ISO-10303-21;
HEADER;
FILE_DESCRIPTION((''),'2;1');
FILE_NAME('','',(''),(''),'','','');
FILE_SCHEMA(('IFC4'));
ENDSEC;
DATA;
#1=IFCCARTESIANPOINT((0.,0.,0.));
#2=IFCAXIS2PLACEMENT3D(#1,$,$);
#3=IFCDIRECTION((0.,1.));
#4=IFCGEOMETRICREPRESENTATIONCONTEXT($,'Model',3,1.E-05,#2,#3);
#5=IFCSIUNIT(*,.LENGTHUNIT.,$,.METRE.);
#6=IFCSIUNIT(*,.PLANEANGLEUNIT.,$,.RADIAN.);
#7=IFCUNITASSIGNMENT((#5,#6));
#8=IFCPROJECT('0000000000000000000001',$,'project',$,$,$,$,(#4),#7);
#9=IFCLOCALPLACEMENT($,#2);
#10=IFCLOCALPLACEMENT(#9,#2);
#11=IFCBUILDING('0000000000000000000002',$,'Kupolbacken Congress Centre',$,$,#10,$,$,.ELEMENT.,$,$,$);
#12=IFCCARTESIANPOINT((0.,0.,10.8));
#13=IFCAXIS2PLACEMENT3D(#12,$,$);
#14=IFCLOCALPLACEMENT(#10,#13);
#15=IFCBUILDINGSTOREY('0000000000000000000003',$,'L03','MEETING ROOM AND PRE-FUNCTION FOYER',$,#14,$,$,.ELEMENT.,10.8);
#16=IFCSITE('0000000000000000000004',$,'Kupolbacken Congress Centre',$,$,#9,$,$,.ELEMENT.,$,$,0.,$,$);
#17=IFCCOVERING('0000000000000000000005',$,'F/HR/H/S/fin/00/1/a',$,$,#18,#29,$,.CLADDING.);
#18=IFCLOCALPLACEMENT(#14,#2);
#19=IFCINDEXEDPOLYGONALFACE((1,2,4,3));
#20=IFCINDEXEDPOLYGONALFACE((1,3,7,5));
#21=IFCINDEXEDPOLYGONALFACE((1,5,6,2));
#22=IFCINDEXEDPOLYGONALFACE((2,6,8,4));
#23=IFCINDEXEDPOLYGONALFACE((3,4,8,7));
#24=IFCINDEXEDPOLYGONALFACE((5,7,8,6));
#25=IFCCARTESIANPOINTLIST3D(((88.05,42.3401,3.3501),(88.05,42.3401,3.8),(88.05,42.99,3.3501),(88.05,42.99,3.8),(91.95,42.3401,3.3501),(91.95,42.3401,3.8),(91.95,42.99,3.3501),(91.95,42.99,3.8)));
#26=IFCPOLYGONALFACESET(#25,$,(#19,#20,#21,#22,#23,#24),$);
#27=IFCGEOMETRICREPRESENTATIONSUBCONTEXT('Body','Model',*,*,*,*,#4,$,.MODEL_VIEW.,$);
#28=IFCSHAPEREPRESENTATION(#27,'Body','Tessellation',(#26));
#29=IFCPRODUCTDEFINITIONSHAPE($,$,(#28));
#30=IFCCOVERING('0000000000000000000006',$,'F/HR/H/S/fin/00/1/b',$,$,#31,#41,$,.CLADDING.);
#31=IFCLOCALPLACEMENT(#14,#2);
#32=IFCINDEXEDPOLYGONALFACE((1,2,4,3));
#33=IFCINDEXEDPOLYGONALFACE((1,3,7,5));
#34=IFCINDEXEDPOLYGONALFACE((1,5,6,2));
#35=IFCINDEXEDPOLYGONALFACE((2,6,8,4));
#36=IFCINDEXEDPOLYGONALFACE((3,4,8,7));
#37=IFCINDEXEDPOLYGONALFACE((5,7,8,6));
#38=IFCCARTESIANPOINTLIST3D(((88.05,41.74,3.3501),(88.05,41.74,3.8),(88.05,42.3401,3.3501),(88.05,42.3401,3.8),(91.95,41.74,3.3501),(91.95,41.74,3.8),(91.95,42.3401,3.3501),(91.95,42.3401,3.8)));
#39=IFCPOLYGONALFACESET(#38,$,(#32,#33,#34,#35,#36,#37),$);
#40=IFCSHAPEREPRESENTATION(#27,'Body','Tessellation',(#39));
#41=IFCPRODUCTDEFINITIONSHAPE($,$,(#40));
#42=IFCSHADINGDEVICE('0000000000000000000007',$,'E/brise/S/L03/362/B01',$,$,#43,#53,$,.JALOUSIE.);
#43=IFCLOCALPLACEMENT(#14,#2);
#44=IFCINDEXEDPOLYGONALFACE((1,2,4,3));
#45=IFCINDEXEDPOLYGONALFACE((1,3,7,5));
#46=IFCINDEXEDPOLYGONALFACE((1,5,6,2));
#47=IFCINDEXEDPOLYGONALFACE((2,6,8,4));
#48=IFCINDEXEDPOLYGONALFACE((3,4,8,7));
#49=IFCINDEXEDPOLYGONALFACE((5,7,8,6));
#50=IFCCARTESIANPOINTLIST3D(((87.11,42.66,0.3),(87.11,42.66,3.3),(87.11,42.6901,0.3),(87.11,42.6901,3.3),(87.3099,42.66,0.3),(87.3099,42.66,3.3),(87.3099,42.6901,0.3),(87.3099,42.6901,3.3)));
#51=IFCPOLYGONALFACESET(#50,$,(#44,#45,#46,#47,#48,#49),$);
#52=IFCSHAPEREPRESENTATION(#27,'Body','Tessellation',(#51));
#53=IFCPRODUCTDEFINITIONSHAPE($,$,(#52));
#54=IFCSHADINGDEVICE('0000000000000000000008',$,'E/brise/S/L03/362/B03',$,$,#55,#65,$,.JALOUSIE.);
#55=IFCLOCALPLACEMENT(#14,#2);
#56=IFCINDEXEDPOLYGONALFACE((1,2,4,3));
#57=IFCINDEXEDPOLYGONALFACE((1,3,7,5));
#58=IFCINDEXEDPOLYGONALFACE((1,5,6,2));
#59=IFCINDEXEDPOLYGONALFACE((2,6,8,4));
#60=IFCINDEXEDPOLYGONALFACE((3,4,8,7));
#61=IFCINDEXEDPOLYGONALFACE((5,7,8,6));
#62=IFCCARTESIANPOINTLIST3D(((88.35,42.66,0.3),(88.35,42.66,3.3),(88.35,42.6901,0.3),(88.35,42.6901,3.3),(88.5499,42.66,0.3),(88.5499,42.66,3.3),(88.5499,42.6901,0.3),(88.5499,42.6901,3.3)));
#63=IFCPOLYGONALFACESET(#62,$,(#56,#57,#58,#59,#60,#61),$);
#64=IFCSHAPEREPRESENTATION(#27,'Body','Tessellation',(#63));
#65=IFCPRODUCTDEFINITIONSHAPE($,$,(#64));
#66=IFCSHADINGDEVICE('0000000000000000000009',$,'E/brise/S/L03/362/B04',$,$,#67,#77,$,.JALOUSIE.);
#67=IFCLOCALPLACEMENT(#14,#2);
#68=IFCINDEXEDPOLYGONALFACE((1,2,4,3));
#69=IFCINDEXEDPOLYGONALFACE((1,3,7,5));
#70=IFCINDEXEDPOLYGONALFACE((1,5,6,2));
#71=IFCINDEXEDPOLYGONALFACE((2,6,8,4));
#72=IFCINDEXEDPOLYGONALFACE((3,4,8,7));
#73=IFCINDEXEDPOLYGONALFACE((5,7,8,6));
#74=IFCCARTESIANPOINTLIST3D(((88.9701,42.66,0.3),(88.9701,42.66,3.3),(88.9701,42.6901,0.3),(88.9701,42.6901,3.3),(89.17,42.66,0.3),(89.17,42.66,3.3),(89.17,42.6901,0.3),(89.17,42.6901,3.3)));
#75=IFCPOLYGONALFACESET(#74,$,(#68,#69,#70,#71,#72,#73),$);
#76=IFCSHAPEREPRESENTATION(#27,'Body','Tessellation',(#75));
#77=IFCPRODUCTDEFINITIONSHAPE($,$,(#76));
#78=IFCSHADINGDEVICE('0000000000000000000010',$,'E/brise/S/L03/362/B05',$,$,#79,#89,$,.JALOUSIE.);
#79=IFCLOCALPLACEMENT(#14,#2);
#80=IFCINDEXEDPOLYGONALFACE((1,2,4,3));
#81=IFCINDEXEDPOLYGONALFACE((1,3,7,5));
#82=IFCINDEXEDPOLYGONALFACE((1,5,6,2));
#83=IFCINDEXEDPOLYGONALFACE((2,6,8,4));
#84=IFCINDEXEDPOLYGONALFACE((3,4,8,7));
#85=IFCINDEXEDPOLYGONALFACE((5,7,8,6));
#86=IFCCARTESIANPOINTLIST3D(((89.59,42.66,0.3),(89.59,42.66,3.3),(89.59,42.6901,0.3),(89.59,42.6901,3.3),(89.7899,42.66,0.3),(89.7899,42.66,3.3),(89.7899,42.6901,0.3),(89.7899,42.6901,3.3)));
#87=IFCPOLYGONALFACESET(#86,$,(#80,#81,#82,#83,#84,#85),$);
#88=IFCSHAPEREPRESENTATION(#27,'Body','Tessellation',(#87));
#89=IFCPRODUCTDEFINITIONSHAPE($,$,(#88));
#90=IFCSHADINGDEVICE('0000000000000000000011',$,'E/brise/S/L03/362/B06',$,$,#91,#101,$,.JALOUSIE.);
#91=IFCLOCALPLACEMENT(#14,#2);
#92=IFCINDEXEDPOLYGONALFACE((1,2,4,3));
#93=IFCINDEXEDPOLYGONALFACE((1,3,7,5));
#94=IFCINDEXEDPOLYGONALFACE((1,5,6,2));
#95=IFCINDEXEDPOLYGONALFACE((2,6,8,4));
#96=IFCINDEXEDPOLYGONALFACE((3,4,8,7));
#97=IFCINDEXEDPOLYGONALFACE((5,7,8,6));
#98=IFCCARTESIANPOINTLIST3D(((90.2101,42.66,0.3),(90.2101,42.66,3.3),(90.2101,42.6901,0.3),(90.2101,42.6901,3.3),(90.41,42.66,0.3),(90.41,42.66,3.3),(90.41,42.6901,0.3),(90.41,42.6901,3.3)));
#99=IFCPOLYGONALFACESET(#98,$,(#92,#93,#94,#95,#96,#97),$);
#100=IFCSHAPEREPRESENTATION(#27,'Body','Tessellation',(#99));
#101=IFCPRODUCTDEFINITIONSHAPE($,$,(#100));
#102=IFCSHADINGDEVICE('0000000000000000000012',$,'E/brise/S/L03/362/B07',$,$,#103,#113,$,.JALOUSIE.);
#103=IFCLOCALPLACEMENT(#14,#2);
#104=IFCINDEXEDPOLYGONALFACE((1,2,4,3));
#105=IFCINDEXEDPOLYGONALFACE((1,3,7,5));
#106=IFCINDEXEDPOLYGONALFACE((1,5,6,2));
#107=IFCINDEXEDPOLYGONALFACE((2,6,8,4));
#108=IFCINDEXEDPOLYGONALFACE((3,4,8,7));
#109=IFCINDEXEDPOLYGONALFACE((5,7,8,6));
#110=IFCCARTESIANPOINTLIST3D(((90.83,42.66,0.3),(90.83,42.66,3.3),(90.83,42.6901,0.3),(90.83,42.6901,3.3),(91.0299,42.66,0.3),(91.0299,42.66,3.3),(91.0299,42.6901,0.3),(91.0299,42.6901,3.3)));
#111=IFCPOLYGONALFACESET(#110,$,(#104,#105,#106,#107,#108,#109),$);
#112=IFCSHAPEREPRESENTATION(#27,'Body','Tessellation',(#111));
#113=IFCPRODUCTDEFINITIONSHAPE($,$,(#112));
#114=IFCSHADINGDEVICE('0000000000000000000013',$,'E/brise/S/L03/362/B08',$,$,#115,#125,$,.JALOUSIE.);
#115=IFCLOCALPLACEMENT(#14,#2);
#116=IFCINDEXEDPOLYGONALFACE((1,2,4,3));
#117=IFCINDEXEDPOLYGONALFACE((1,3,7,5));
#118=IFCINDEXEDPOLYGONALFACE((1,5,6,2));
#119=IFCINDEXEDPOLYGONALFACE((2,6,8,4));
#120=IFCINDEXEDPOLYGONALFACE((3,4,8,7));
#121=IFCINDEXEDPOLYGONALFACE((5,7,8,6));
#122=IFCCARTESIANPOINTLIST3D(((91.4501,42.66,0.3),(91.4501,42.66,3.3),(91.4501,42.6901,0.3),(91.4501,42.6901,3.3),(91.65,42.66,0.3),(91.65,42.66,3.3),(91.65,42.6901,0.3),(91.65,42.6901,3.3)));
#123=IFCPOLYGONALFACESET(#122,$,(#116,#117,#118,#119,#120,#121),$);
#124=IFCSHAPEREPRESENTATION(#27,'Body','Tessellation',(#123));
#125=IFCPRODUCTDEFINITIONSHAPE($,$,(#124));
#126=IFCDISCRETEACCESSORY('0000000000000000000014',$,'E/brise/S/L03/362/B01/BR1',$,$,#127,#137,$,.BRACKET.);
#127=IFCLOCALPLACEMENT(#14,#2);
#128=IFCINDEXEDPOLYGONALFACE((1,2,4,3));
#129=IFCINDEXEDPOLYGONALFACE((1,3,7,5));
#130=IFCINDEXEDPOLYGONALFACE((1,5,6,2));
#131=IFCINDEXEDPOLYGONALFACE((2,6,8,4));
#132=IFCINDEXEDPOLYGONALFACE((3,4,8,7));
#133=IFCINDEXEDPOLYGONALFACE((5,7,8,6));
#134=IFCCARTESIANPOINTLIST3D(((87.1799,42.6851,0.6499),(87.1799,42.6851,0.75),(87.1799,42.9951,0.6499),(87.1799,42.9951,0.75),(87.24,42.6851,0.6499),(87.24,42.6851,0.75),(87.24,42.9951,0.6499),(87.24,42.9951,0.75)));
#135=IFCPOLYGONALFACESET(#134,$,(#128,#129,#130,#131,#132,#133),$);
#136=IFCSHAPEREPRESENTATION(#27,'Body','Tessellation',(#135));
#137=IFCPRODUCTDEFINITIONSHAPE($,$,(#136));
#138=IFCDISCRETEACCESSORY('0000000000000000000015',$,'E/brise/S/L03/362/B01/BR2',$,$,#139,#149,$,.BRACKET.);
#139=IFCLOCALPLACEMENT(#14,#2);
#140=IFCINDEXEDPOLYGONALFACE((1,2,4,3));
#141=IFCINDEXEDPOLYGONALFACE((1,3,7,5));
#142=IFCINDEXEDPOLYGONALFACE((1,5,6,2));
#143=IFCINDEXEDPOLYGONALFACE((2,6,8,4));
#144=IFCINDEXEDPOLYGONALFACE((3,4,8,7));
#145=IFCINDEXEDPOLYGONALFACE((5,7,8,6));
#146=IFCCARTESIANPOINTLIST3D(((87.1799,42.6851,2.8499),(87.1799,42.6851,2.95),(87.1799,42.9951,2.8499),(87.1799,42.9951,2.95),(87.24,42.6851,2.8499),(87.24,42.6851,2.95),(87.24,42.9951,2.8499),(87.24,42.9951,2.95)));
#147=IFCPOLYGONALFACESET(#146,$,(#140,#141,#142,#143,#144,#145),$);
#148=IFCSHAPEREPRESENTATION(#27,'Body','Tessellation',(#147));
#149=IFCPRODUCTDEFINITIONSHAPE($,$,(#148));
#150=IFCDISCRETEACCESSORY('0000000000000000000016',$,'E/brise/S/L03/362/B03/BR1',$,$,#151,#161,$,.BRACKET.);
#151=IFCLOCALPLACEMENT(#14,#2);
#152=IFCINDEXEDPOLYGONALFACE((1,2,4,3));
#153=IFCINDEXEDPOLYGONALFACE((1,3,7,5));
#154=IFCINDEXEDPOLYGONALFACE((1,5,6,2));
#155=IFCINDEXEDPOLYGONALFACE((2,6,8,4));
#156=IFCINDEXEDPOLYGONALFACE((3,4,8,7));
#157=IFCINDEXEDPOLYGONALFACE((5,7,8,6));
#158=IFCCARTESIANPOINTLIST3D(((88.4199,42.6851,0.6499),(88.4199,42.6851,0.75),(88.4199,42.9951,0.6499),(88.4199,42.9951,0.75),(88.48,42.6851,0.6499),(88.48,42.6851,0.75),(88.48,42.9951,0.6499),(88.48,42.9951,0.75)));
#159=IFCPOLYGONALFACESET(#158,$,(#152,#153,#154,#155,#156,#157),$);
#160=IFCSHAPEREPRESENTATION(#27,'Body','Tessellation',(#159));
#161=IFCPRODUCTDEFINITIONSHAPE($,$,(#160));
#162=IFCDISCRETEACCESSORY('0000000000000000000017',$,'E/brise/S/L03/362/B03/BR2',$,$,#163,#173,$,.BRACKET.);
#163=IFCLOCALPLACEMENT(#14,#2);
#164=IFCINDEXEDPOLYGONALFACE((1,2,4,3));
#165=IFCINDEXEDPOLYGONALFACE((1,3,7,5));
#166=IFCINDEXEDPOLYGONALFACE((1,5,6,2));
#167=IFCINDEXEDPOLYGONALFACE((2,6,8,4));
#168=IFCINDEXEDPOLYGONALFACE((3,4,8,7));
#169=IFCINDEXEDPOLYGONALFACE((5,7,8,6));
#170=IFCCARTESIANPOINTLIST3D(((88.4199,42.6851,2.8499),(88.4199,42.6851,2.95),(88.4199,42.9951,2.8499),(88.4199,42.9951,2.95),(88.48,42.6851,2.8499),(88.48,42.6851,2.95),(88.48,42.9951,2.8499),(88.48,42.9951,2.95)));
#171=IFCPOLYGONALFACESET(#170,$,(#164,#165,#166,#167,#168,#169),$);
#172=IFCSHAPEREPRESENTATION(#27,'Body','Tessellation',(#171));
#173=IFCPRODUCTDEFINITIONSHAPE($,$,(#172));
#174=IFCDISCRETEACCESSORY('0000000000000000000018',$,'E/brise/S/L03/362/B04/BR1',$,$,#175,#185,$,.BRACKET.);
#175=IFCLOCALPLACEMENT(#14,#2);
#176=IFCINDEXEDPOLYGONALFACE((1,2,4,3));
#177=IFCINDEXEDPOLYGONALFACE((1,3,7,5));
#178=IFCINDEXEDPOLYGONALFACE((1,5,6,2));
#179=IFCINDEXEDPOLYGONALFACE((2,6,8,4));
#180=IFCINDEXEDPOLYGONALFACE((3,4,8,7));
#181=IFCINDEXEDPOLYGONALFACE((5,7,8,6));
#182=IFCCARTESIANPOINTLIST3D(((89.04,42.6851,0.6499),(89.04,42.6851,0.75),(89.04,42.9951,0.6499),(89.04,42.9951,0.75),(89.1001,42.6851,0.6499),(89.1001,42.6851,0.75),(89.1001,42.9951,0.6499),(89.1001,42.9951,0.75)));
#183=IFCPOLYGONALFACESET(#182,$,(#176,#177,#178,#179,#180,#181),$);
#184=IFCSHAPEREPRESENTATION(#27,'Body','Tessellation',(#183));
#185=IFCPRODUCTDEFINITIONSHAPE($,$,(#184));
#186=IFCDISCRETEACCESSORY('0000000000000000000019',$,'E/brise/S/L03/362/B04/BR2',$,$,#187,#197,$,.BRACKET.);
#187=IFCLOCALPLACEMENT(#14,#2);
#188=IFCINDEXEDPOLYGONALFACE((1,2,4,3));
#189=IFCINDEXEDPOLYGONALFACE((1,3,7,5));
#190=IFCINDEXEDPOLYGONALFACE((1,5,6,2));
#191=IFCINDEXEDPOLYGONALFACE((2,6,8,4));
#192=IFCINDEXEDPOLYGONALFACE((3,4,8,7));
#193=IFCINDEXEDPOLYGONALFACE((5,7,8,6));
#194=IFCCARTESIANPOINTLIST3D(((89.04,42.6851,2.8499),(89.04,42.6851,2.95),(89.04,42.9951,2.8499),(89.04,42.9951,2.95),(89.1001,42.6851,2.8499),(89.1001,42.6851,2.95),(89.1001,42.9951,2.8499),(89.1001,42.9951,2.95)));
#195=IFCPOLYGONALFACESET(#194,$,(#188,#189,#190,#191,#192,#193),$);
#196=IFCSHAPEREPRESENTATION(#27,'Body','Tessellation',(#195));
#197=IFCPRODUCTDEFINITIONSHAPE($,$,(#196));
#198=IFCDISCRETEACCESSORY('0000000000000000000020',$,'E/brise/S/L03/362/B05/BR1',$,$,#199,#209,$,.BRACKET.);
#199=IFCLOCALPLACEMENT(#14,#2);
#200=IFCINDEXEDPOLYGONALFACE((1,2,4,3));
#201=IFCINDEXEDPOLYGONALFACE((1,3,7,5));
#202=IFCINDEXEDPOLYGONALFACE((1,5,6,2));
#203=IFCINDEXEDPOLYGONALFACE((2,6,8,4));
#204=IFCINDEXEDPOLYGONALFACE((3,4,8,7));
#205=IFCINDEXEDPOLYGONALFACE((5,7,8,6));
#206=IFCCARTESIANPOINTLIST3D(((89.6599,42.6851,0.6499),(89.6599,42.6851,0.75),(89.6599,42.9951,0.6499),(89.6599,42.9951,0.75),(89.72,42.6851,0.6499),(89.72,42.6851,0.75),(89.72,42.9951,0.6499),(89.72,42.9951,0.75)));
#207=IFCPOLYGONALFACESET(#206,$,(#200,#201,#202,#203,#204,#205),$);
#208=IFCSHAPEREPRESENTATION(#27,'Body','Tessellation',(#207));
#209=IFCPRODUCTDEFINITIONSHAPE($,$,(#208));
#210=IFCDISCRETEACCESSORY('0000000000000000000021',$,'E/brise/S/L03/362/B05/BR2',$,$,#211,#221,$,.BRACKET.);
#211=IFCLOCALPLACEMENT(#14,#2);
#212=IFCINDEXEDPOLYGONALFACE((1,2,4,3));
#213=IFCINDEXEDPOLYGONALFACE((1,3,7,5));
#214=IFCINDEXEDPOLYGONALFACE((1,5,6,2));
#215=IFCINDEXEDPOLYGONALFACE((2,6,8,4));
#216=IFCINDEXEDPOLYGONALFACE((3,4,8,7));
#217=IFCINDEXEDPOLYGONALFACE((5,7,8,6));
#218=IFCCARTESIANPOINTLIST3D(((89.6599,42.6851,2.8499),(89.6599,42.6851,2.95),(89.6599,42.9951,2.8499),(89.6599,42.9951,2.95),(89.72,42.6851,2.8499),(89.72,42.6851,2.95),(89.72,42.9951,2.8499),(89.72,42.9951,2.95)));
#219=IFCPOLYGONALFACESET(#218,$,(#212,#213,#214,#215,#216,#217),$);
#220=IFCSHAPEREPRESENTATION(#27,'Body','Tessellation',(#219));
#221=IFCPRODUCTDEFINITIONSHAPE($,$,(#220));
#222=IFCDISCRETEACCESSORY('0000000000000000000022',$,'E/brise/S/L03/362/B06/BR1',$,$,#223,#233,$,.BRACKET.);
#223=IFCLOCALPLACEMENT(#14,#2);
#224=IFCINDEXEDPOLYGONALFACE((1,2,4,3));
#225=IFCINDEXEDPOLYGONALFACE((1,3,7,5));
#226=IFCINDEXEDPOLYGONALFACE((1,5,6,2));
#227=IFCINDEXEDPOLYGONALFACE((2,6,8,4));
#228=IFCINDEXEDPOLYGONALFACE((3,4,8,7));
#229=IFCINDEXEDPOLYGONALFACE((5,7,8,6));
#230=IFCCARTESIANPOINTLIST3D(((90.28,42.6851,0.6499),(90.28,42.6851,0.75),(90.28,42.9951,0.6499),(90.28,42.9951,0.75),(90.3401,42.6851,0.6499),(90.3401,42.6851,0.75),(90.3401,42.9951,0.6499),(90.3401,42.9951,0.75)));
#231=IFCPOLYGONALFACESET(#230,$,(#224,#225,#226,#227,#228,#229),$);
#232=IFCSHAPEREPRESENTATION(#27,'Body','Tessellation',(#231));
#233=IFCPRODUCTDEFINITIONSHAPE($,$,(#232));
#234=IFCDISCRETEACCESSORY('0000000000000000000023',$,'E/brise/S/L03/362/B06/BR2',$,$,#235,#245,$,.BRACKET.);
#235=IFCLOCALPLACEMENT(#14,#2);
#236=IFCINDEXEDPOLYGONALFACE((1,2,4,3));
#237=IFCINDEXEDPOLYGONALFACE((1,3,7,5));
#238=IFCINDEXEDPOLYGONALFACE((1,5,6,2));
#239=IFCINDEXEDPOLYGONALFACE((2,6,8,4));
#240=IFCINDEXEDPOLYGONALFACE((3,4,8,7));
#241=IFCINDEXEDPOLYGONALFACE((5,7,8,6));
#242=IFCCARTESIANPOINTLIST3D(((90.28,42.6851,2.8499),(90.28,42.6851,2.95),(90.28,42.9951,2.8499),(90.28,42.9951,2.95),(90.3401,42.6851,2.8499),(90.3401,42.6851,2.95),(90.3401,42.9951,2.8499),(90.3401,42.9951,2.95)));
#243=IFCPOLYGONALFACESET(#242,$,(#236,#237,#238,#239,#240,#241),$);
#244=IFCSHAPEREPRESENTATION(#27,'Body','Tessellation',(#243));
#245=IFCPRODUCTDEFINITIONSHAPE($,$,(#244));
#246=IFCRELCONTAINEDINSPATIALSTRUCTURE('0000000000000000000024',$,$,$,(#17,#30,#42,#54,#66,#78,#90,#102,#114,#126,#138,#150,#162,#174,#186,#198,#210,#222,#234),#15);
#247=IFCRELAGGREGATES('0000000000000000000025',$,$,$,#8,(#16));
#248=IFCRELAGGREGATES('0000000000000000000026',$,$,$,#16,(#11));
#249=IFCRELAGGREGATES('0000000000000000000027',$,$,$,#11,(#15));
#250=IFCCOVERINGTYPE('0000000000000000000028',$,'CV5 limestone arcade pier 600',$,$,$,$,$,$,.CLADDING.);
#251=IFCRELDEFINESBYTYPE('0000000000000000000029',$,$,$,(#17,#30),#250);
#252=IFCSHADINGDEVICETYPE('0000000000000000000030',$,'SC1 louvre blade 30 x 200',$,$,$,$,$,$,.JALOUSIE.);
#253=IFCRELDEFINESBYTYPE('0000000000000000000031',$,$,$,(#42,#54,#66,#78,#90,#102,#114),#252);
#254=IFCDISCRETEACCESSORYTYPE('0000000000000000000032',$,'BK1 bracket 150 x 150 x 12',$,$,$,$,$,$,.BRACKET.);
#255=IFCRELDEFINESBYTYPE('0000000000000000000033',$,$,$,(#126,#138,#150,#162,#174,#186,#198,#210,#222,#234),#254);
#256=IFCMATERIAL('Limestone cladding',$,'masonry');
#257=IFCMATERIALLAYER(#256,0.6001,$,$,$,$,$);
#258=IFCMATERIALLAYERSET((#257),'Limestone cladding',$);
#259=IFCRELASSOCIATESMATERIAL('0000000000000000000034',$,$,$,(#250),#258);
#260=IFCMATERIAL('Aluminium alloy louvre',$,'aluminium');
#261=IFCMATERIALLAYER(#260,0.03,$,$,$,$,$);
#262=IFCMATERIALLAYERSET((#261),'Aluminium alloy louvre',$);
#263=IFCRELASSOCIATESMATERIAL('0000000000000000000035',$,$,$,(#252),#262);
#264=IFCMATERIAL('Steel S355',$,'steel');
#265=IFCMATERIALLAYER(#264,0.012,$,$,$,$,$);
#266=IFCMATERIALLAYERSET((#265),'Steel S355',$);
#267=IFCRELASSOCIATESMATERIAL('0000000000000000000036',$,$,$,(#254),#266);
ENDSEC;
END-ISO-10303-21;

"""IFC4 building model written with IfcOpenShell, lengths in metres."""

from ifc_helpers import new_model, si_unit, direction, frame, origin, origin_2d, place, context, subcontext, project, spatial, rectangle, extrude, material, layer, layer_set, type_object, element, save


model = new_model("IFC4")

# Units and contexts
model_context = context("Model", 3, precision=1e-05, world=origin(), true_north=direction((0.0, 1.0)))
body_context = subcontext(model_context, "Body", "Model", "MODEL_VIEW")
ifc_project = project(units=[si_unit("LENGTHUNIT", "METRE"), si_unit("PLANEANGLEUNIT", "RADIAN")], contexts=[model_context])

# Site, building, storey
site_placement = place(None, origin())
site = spatial("IfcSite", under=ifc_project, at=site_placement, Name="Kupolbacken Congress Centre", CompositionType="ELEMENT", RefElevation=0.0)
building_placement = place(site_placement, origin())
building = spatial("IfcBuilding", under=site, at=building_placement, Name="Kupolbacken Congress Centre", CompositionType="ELEMENT")
storey_placement = place(building_placement, frame((0.0, 0.0, 10.8)))
storey = spatial("IfcBuildingStorey", under=building, at=storey_placement, Name="L03", Description="MEETING ROOM AND PRE-FUNCTION FOYER", CompositionType="ELEMENT", Elevation=10.8)

# Coverings
ifc_material_1 = material(Name="Limestone cladding", Category="masonry")
ifc_layer_1 = layer(ifc_material_1, 0.6001)
ifc_layer_set_1 = layer_set([ifc_layer_1], Name="Limestone cladding")
covering_type = type_object("IfcCoveringType", Name="CV5 limestone arcade pier 600", PredefinedType="CLADDING", material=ifc_layer_set_1)
covering_1_placement = place(storey_placement, frame((90.0, 42.665, 3.3501), z_axis=(0.0, 0.0, 1.0), x_axis=(1.0, 0.0, 0.0)))
element("IfcCovering", 1, at=covering_1_placement, inside=storey, type_object=covering_type, Name="F/HR/H/S/fin/00/1/a", PredefinedType="CLADDING", context=body_context, shape_type="SweptSolid", body=[
    extrude(rectangle(XDim=3.8999, YDim=0.6499, at=origin_2d()), origin(), (0.0, 0.0, 1.0), 0.45),
])
covering_2_placement = place(storey_placement, frame((90.0, 42.04, 3.3501), z_axis=(0.0, 0.0, 1.0), x_axis=(1.0, 0.0, 0.0)))
element("IfcCovering", 2, at=covering_2_placement, inside=storey, type_object=covering_type, Name="F/HR/H/S/fin/00/1/b", PredefinedType="CLADDING", context=body_context, shape_type="SweptSolid", body=[
    extrude(rectangle(XDim=3.8999, YDim=0.6001, at=origin_2d()), origin(), (0.0, 0.0, 1.0), 0.45),
])

# Shading devices
ifc_material_2 = material(Name="Aluminium alloy louvre", Category="aluminium")
ifc_layer_2 = layer(ifc_material_2, 0.03)
ifc_layer_set_2 = layer_set([ifc_layer_2], Name="Aluminium alloy louvre")
shading_device_type = type_object("IfcShadingDeviceType", Name="SC1 louvre blade 30 x 200", PredefinedType="JALOUSIE", material=ifc_layer_set_2)
for number, where, z_axis, x_axis, name in (
    (3, (87.21, 42.675, 0.3), (0.0, 0.0, 1.0), (1.0, 0.0, 0.0), "E/brise/S/L03/362/B01"),
    (4, (88.45, 42.675, 0.3), (0.0, 0.0, 1.0), (1.0, 0.0, 0.0), "E/brise/S/L03/362/B03"),
    (5, (89.0701, 42.675, 0.3), (0.0, 0.0, 1.0), (1.0, 0.0, 0.0), "E/brise/S/L03/362/B04"),
    (6, (89.6899, 42.675, 0.3), (0.0, 0.0, 1.0), (1.0, 0.0, 0.0), "E/brise/S/L03/362/B05"),
    (7, (90.3101, 42.675, 0.3), (0.0, 0.0, 1.0), (1.0, 0.0, 0.0), "E/brise/S/L03/362/B06"),
    (8, (90.9299, 42.675, 0.3), (0.0, 0.0, 1.0), (1.0, 0.0, 0.0), "E/brise/S/L03/362/B07"),
    (9, (91.55, 42.675, 0.3), (0.0, 0.0, 1.0), (1.0, 0.0, 0.0), "E/brise/S/L03/362/B08"),
):
    element("IfcShadingDevice", number, at=place(storey_placement, frame(where, z_axis=z_axis, x_axis=x_axis)), inside=storey, type_object=shading_device_type, Name=name, PredefinedType="JALOUSIE", context=body_context, shape_type="SweptSolid", body=[
        extrude(rectangle(XDim=0.2, YDim=0.03, at=origin_2d()), origin(), (0.0, 0.0, 1.0), 3.0),
    ])

# Discrete accessories
ifc_material_3 = material(Name="Steel S355", Category="steel")
ifc_layer_3 = layer(ifc_material_3, 0.012)
ifc_layer_set_3 = layer_set([ifc_layer_3], Name="Steel S355")
discrete_accessory_type = type_object("IfcDiscreteAccessoryType", Name="BK1 bracket 150 x 150 x 12", PredefinedType="BRACKET", material=ifc_layer_set_3)
for number, where, z_axis, x_axis, name in (
    (10, (87.21, 42.8401, 0.6499), (0.0, 0.0, 1.0), (1.0, 0.0, 0.0), "E/brise/S/L03/362/B01/BR1"),
    (11, (87.21, 42.8401, 2.8499), (0.0, 0.0, 1.0), (1.0, 0.0, 0.0), "E/brise/S/L03/362/B01/BR2"),
    (12, (88.45, 42.8401, 0.6499), (0.0, 0.0, 1.0), (1.0, 0.0, 0.0), "E/brise/S/L03/362/B03/BR1"),
    (13, (88.45, 42.8401, 2.8499), (0.0, 0.0, 1.0), (1.0, 0.0, 0.0), "E/brise/S/L03/362/B03/BR2"),
    (14, (89.0701, 42.8401, 0.6499), (0.0, 0.0, 1.0), (1.0, 0.0, 0.0), "E/brise/S/L03/362/B04/BR1"),
    (15, (89.0701, 42.8401, 2.8499), (0.0, 0.0, 1.0), (1.0, 0.0, 0.0), "E/brise/S/L03/362/B04/BR2"),
    (16, (89.6899, 42.8401, 0.6499), (0.0, 0.0, 1.0), (1.0, 0.0, 0.0), "E/brise/S/L03/362/B05/BR1"),
    (17, (89.6899, 42.8401, 2.8499), (0.0, 0.0, 1.0), (1.0, 0.0, 0.0), "E/brise/S/L03/362/B05/BR2"),
    (18, (90.3101, 42.8401, 0.6499), (0.0, 0.0, 1.0), (1.0, 0.0, 0.0), "E/brise/S/L03/362/B06/BR1"),
    (19, (90.3101, 42.8401, 2.8499), (0.0, 0.0, 1.0), (1.0, 0.0, 0.0), "E/brise/S/L03/362/B06/BR2"),
):
    element("IfcDiscreteAccessory", number, at=place(storey_placement, frame(where, z_axis=z_axis, x_axis=x_axis)), inside=storey, type_object=discrete_accessory_type, Name=name, PredefinedType="BRACKET", context=body_context, shape_type="SweptSolid", body=[
        extrude(rectangle(XDim=0.0601, YDim=0.3101, at=origin_2d()), origin(), (0.0, 0.0, 1.0), 0.1001),
    ])

save(model, "model.ifc")
